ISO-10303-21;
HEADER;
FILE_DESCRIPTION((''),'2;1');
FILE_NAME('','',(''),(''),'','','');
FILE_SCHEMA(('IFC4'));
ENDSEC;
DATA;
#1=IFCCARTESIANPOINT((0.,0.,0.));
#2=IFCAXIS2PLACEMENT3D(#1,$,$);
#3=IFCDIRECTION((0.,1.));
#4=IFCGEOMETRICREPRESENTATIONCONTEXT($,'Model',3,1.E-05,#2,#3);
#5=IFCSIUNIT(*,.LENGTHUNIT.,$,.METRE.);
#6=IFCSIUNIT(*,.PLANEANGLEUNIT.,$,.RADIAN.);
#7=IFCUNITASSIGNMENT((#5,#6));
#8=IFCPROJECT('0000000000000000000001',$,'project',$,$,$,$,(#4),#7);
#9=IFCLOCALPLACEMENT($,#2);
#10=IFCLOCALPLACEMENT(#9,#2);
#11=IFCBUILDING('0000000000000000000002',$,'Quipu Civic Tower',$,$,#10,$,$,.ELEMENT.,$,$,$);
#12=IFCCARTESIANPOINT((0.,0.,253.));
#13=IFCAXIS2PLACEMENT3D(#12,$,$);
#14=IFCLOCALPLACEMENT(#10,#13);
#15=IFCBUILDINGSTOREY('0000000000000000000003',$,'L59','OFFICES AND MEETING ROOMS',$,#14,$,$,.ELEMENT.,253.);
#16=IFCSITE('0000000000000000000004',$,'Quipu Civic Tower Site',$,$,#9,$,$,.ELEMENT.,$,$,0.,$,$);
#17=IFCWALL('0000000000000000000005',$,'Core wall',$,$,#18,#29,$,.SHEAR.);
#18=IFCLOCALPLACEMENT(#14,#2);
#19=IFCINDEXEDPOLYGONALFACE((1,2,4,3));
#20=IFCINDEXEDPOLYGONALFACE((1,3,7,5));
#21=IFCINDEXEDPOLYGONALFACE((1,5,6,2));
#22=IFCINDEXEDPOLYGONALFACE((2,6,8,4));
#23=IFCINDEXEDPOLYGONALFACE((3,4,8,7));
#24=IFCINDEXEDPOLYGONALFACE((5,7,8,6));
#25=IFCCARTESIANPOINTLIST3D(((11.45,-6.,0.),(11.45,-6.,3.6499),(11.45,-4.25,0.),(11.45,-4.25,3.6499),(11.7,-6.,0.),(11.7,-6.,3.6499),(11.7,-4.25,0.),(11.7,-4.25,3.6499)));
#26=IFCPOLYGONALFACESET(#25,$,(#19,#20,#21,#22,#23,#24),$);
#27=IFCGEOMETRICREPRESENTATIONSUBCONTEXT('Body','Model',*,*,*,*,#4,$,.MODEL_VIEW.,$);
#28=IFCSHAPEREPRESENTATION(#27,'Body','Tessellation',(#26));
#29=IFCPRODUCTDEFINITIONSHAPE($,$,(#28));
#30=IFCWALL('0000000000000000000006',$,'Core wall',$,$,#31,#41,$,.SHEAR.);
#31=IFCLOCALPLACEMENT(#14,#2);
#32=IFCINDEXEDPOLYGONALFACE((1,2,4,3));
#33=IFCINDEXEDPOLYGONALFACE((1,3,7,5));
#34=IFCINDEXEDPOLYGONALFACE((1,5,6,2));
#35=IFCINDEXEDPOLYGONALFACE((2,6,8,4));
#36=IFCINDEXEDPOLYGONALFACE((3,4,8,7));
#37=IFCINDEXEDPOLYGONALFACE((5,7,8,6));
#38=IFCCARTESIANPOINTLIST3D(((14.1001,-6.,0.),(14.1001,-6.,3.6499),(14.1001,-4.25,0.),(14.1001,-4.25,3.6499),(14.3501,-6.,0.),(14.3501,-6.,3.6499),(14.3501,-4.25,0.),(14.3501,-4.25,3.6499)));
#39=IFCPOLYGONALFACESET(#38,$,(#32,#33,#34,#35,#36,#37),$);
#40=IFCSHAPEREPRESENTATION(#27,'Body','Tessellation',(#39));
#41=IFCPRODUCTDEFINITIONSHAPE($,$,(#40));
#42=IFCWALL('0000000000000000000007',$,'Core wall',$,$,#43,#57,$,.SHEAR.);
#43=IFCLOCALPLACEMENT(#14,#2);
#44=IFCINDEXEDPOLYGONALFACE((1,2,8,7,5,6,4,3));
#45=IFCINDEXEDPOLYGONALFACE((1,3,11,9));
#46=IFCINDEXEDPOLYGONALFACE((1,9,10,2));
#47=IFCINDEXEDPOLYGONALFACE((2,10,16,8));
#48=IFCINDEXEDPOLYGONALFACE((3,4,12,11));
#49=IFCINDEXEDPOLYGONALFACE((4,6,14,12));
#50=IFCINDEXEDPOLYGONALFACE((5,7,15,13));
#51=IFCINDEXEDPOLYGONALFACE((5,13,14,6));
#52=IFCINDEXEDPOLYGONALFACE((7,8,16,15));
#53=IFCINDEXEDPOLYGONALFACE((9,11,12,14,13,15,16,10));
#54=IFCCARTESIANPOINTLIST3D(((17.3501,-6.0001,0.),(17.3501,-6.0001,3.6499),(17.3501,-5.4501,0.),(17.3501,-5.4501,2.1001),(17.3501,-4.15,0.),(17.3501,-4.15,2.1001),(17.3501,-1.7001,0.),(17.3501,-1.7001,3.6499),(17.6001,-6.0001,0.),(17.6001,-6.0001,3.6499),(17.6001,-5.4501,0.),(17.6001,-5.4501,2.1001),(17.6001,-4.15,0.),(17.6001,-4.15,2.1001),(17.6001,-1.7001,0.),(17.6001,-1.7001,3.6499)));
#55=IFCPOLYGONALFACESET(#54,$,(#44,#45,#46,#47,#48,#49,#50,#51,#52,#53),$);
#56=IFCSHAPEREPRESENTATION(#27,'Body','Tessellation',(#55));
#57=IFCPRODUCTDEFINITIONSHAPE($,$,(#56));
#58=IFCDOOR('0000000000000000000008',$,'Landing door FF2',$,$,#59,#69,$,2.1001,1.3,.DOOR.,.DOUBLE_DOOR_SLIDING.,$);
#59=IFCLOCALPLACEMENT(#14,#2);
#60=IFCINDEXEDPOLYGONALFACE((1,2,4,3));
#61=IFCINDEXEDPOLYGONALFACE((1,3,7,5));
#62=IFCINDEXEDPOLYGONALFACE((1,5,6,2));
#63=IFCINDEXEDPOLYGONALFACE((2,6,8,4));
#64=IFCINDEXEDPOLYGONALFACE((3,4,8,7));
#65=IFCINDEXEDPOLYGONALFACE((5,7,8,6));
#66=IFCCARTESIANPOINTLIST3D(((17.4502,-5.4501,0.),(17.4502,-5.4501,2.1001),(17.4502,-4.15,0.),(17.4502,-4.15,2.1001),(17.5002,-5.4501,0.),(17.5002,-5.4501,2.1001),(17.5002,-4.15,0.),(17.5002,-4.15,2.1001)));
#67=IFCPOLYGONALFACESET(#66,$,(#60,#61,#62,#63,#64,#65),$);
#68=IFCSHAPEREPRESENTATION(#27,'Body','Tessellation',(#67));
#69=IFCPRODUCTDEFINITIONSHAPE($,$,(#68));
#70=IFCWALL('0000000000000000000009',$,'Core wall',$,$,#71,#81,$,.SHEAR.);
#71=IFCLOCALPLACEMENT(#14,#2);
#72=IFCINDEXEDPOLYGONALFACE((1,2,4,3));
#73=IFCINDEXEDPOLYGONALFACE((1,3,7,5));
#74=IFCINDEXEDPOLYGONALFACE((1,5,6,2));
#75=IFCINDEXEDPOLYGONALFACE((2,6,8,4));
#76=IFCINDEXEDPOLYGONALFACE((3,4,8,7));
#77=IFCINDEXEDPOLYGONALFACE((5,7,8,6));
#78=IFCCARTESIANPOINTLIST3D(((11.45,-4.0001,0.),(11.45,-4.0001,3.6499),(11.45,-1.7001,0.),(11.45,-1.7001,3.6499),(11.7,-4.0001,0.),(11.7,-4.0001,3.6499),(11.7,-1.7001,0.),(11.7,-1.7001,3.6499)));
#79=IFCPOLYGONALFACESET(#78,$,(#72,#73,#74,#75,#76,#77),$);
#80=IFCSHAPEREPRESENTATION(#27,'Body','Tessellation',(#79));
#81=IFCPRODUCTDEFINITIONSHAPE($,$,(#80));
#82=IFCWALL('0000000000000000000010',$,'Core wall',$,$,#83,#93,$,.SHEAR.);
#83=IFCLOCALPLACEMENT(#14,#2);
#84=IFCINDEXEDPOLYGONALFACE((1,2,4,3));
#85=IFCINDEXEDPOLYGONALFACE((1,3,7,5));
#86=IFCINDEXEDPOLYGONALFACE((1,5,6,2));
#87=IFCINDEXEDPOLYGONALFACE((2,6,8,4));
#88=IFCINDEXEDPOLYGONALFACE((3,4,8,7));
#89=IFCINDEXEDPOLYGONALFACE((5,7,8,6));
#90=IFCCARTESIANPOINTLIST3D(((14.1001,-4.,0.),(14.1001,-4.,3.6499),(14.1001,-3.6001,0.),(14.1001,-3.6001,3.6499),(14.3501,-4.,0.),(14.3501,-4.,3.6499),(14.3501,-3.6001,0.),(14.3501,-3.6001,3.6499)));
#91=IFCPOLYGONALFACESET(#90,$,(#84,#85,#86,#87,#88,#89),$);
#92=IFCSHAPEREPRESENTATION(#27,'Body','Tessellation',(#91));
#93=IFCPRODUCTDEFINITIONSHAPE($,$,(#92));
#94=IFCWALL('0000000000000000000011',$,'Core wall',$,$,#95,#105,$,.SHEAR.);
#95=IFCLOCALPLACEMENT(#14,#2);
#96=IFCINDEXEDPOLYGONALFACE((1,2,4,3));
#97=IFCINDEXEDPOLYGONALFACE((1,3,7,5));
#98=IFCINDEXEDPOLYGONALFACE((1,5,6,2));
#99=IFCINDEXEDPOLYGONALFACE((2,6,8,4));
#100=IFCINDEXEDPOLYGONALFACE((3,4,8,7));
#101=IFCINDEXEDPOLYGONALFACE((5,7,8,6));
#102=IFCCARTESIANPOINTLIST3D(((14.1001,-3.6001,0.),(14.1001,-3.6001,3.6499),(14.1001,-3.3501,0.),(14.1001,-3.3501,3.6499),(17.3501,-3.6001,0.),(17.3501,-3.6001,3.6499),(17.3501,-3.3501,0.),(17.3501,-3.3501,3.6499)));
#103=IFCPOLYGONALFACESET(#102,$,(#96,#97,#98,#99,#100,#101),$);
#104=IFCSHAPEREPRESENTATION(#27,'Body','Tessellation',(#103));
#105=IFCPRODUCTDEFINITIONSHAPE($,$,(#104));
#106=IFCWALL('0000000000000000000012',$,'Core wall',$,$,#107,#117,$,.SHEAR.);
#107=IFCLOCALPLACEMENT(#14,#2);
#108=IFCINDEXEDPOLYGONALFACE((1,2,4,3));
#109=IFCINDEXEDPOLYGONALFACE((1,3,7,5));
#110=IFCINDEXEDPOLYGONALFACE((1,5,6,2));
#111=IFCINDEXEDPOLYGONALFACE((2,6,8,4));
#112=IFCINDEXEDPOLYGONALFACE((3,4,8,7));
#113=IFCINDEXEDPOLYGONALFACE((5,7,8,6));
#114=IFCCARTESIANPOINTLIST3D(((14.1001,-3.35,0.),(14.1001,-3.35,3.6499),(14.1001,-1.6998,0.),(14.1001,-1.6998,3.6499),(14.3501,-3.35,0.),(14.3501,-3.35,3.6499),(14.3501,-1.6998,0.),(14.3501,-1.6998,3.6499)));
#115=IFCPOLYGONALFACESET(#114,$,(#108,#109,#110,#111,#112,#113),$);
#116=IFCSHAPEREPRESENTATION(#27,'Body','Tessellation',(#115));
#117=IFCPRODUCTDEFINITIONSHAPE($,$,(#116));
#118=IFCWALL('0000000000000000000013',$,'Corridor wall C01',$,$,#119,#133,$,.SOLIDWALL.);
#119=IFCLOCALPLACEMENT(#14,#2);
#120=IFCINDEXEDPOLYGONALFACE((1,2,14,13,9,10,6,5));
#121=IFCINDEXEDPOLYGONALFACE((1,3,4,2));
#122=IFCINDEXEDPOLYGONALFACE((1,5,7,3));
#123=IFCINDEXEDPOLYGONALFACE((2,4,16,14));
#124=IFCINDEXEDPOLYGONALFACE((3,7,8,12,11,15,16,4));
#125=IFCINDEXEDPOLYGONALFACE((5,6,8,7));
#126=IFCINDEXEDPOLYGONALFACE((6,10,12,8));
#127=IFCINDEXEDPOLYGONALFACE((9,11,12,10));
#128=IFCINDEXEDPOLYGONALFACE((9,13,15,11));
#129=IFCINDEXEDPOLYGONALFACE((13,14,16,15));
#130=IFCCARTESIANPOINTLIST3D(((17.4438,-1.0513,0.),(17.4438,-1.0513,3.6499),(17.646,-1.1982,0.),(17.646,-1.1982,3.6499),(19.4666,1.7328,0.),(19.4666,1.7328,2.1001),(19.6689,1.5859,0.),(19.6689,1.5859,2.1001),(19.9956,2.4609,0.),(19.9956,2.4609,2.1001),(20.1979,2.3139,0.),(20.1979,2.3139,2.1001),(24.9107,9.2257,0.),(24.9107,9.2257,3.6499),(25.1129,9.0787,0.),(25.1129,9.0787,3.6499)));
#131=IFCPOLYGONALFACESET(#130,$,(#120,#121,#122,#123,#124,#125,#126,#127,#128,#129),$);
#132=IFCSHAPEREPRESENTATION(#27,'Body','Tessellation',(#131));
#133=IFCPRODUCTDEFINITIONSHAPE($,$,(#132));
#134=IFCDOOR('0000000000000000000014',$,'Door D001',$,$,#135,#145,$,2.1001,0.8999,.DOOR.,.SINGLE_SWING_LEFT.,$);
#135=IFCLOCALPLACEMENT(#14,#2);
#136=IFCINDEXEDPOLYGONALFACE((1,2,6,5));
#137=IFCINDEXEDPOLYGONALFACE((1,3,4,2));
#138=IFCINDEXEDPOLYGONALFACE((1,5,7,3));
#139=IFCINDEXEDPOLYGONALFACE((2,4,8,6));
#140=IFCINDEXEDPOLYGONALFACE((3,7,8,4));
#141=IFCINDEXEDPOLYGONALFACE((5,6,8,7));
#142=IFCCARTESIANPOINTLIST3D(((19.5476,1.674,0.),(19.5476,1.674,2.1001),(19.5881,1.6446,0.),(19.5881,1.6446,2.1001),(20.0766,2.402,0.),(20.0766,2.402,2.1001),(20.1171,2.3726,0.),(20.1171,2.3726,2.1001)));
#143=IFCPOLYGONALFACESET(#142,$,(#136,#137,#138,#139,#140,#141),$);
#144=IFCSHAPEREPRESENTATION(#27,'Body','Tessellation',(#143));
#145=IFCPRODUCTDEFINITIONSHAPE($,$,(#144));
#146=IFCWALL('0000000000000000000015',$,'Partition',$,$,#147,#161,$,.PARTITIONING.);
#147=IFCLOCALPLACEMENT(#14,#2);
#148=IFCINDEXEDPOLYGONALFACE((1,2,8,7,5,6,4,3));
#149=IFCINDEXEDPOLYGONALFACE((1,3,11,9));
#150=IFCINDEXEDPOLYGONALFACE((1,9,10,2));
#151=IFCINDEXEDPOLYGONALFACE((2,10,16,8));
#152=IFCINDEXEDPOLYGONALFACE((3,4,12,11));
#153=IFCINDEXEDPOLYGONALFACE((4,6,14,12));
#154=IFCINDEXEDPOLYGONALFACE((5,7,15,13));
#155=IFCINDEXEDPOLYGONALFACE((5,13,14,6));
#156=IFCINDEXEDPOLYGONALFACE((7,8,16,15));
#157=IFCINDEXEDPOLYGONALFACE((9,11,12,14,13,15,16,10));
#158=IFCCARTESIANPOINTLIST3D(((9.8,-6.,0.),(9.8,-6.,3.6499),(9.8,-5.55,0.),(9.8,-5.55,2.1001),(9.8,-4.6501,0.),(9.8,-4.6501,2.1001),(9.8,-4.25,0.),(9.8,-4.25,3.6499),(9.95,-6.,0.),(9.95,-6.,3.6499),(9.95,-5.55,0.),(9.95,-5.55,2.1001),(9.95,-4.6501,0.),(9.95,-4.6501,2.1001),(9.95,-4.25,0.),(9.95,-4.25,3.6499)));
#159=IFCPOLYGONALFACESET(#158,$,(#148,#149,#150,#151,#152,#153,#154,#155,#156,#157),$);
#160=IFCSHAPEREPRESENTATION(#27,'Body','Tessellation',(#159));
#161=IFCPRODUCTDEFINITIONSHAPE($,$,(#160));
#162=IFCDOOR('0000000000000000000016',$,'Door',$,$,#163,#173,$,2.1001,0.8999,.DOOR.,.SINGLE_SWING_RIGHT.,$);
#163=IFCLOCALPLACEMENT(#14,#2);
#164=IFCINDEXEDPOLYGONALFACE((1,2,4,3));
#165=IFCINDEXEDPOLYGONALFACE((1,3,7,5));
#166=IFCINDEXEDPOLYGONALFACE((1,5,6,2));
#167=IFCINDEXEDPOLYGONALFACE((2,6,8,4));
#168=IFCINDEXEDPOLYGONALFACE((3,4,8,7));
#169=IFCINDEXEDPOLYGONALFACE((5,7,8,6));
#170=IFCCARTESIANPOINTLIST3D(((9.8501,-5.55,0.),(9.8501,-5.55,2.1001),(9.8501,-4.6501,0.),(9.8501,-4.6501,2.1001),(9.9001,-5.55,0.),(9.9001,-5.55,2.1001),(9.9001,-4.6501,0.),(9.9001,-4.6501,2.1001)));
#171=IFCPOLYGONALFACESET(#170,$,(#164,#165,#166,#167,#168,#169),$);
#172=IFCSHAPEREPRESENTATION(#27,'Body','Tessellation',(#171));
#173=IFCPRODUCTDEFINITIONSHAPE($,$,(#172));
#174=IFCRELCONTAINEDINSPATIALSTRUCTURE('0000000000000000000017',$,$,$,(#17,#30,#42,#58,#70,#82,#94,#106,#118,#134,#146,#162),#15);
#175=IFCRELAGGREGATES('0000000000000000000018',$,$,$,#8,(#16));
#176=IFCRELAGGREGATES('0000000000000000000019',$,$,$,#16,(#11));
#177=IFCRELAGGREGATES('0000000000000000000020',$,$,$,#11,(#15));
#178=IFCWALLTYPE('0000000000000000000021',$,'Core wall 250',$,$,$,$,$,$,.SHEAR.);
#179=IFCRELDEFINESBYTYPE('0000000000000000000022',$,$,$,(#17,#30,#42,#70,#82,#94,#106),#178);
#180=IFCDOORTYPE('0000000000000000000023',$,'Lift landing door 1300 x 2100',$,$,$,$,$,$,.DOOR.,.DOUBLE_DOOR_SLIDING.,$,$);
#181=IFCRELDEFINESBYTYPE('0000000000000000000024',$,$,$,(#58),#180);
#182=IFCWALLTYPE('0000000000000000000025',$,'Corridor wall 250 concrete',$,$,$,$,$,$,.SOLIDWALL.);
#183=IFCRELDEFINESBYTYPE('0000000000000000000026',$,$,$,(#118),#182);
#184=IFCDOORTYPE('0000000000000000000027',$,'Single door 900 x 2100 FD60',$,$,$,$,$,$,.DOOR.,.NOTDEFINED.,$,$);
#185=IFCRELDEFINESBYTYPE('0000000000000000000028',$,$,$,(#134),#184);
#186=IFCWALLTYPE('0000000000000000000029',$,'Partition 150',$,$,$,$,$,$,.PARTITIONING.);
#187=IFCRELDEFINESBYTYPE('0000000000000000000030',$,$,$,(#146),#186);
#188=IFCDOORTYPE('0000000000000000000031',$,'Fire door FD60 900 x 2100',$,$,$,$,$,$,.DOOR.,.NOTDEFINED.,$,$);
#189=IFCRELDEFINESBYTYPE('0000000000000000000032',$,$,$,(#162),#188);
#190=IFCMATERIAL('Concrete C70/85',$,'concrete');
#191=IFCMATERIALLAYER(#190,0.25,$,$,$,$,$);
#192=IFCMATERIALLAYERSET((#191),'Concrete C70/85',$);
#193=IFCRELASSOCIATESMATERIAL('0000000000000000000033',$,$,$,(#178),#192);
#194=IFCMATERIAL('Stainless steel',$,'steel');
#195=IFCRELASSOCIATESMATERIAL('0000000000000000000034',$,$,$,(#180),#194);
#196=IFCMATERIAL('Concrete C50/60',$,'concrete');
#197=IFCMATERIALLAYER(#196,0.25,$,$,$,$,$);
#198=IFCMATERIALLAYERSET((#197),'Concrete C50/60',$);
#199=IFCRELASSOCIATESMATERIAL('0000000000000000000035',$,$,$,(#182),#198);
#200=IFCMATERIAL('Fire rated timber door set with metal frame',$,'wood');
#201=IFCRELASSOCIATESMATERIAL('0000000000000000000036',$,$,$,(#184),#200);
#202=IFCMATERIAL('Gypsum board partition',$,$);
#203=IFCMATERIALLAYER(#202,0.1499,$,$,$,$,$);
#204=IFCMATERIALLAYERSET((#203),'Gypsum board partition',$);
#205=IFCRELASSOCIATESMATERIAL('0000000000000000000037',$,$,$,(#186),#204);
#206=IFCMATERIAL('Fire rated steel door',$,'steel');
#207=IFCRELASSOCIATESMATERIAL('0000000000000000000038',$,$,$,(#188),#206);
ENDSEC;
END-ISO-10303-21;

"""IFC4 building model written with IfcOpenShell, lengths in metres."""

from ifc_helpers import new_model, si_unit, direction, frame, frame_2d, origin, place, context, subcontext, project, spatial, rectangle, extrude, material, layer, layer_set, type_object, element, fill, save


model = new_model("IFC4")

# Units and contexts
model_context = context("Model", 3, precision=1e-05, world=origin(), true_north=direction((0.0, 1.0)))
body_context = subcontext(model_context, "Body", "Model", "MODEL_VIEW")
ifc_project = project(units=[si_unit("LENGTHUNIT", "METRE"), si_unit("PLANEANGLEUNIT", "RADIAN")], contexts=[model_context])

# Site, building, storey
site_placement = place(None, origin())
site = spatial("IfcSite", under=ifc_project, at=site_placement, Name="Quipu Civic Tower Site", CompositionType="ELEMENT", RefElevation=0.0)
building_placement = place(site_placement, origin())
building = spatial("IfcBuilding", under=site, at=building_placement, Name="Quipu Civic Tower", CompositionType="ELEMENT")
storey_placement = place(building_placement, frame((0.0, 0.0, 253.0)))
storey = spatial("IfcBuildingStorey", under=building, at=storey_placement, Name="L59", Description="OFFICES AND MEETING ROOMS", CompositionType="ELEMENT", Elevation=253.0)

# Walls
ifc_material_1 = material(Name="Concrete C70/85", Category="concrete")
ifc_layer_1 = layer(ifc_material_1, 0.25)
ifc_layer_set_1 = layer_set([ifc_layer_1], Name="Concrete C70/85")
wall_type_1 = type_object("IfcWallType", Name="Core wall 250", PredefinedType="SHEAR", material=ifc_layer_set_1)
for number, where, z_axis, x_axis, name in (
    (1, (11.575, -6.0, 0.0), (0.0, 0.0, 1.0), (0.0, 1.0, 0.0), "Core wall"),
    (2, (14.2251, -6.0, 0.0), (0.0, 0.0, 1.0), (0.0, 1.0, 0.0), "Core wall"),
):
    element("IfcWall", number, at=place(storey_placement, frame(where, z_axis=z_axis, x_axis=x_axis)), inside=storey, type_object=wall_type_1, Name=name, PredefinedType="SHEAR", context=body_context, shape_type="SweptSolid", body=[
        extrude(rectangle(XDim=1.75, YDim=0.25, at=frame_2d((0.875, 0.0))), origin(), (0.0, 0.0, 1.0), 3.6499),
    ])

# Wall, opening, door
wall_1_placement = place(storey_placement, frame((17.4751, -6.0, 0.0), z_axis=(0.0, 0.0, 1.0), x_axis=(0.0, 1.0, 0.0)))
wall_1 = element("IfcWall", 3, at=wall_1_placement, inside=storey, type_object=wall_type_1, Name="Core wall", PredefinedType="SHEAR", context=body_context, shape_type="SweptSolid", body=[
    extrude(rectangle(XDim=4.3, YDim=0.25, at=frame_2d((2.1499, 0.0))), origin(), (0.0, 0.0, 1.0), 3.6499),
])
opening_1_placement = place(wall_1_placement, frame((0.55, 0.0, 0.0)))
opening_1 = element("IfcOpeningElement", 4, at=opening_1_placement, cuts=wall_1, PredefinedType="OPENING", context=body_context, shape_type="SweptSolid", body=[
    extrude(rectangle(XDim=1.3, YDim=2.1001, at=frame_2d((0.6499, 1.05))), frame((0.0, 0.135, 0.0), z_axis=(0.0, -1.0, 0.0), x_axis=(1.0, 0.0, 0.0)), (0.0, 0.0, 1.0), 0.27),
])
ifc_material_2 = material(Name="Stainless steel", Category="steel")
door_type_1 = type_object("IfcDoorType", Name="Lift landing door 1300 x 2100", OperationType="DOUBLE_DOOR_SLIDING", PredefinedType="DOOR", material=ifc_material_2)
door_1_placement = place(opening_1_placement, origin())
door_1 = element("IfcDoor", 5, at=door_1_placement, inside=storey, type_object=door_type_1, Name="Landing door FF2", OperationType="DOUBLE_DOOR_SLIDING", OverallHeight=2.1001, OverallWidth=1.3, PredefinedType="DOOR", context=body_context, shape_type="SweptSolid", body=[
    extrude(rectangle(XDim=1.3, YDim=2.1001, at=frame_2d((0.6499, 1.05))), frame((0.0, 0.0249, 0.0), z_axis=(0.0, -1.0, 0.0), x_axis=(1.0, 0.0, 0.0)), (0.0, 0.0, 1.0), 0.05),
])
fill(opening_1, door_1)

# Walls
wall_2_placement = place(storey_placement, frame((11.575, -4.0, 0.0), z_axis=(0.0, 0.0, 1.0), x_axis=(0.0, 1.0, 0.0)))
element("IfcWall", 6, at=wall_2_placement, inside=storey, type_object=wall_type_1, Name="Core wall", PredefinedType="SHEAR", context=body_context, shape_type="SweptSolid", body=[
    extrude(rectangle(XDim=2.3, YDim=0.25, at=frame_2d((1.1499, 0.0))), origin(), (0.0, 0.0, 1.0), 3.6499),
])
wall_3_placement = place(storey_placement, frame((14.2251, -4.0, 0.0), z_axis=(0.0, 0.0, 1.0), x_axis=(0.0, 1.0, 0.0)))
element("IfcWall", 7, at=wall_3_placement, inside=storey, type_object=wall_type_1, Name="Core wall", PredefinedType="SHEAR", context=body_context, shape_type="SweptSolid", body=[
    extrude(rectangle(XDim=0.3999, YDim=0.25, at=frame_2d((0.2, 0.0))), origin(), (0.0, 0.0, 1.0), 3.6499),
])
wall_4_placement = place(storey_placement, frame((14.1001, -3.4751, 0.0), z_axis=(0.0, 0.0, 1.0), x_axis=(1.0, 0.0, 0.0)))
element("IfcWall", 8, at=wall_4_placement, inside=storey, type_object=wall_type_1, Name="Core wall", PredefinedType="SHEAR", context=body_context, shape_type="SweptSolid", body=[
    extrude(rectangle(XDim=3.25, YDim=0.25, at=frame_2d((1.625, 0.0))), origin(), (0.0, 0.0, 1.0), 3.6499),
])
wall_5_placement = place(storey_placement, frame((14.2251, -3.3501, 0.0), z_axis=(0.0, 0.0, 1.0), x_axis=(0.0, 1.0, 0.0)))
element("IfcWall", 9, at=wall_5_placement, inside=storey, type_object=wall_type_1, Name="Core wall", PredefinedType="SHEAR", context=body_context, shape_type="SweptSolid", body=[
    extrude(rectangle(XDim=1.6501, YDim=0.25, at=frame_2d((0.8252, 0.0))), origin(), (0.0, 0.0, 1.0), 3.6499),
])

# Walls, openings, doors
ifc_material_3 = material(Name="Concrete C50/60", Category="concrete")
ifc_layer_2 = layer(ifc_material_3, 0.25)
ifc_layer_set_2 = layer_set([ifc_layer_2], Name="Concrete C50/60")
wall_type_2 = type_object("IfcWallType", Name="Corridor wall 250 concrete", PredefinedType="SOLIDWALL", material=ifc_layer_set_2)
wall_6_placement = place(storey_placement, frame((17.5449, -1.1248, 0.0), z_axis=(0.0, 0.0, 1.0), x_axis=(0.587797, 0.809009, 0.0)))
wall_6 = element("IfcWall", 10, at=wall_6_placement, inside=storey, type_object=wall_type_2, Name="Corridor wall C01", PredefinedType="SOLIDWALL", context=body_context, shape_type="SweptSolid", body=[
    extrude(rectangle(XDim=12.7031, YDim=0.25, at=frame_2d((6.3516, 0.0))), origin(), (0.0, 0.0, 1.0), 3.6499),
])
opening_2_placement = place(wall_6_placement, frame((3.4414, 0.0, 0.0)))
opening_2 = element("IfcOpeningElement", 11, at=opening_2_placement, cuts=wall_6, PredefinedType="OPENING", context=body_context, shape_type="SweptSolid", body=[
    extrude(rectangle(XDim=0.8999, YDim=2.1001, at=frame_2d((0.45, 1.05))), frame((0.0, 0.135, 0.0), z_axis=(0.0, -1.0, 0.0), x_axis=(1.0, 0.0, 0.0)), (0.0, 0.0, 1.0), 0.27),
])
ifc_material_4 = material(Name="Fire rated timber door set with metal frame", Category="wood")
door_type_2 = type_object("IfcDoorType", Name="Single door 900 x 2100 FD60", OperationType="NOTDEFINED", PredefinedType="DOOR", material=ifc_material_4)
door_2_placement = place(opening_2_placement, origin())
door_2 = element("IfcDoor", 12, at=door_2_placement, inside=storey, type_object=door_type_2, Name="Door D001", OperationType="SINGLE_SWING_LEFT", OverallHeight=2.1001, OverallWidth=0.8999, PredefinedType="DOOR", context=body_context, shape_type="SweptSolid", body=[
    extrude(rectangle(XDim=0.8999, YDim=2.1001, at=frame_2d((0.45, 1.05))), frame((0.0, 0.0249, 0.0), z_axis=(0.0, -1.0, 0.0), x_axis=(1.0, 0.0, 0.0)), (0.0, 0.0, 1.0), 0.05),
])
fill(opening_2, door_2)
ifc_material_5 = material(Name="Gypsum board partition")
ifc_layer_3 = layer(ifc_material_5, 0.1499)
ifc_layer_set_3 = layer_set([ifc_layer_3], Name="Gypsum board partition")
wall_type_3 = type_object("IfcWallType", Name="Partition 150", PredefinedType="PARTITIONING", material=ifc_layer_set_3)
wall_7_placement = place(storey_placement, frame((9.875, -6.0, 0.0), z_axis=(0.0, 0.0, 1.0), x_axis=(0.0, 1.0, 0.0)))
wall_7 = element("IfcWall", 13, at=wall_7_placement, inside=storey, type_object=wall_type_3, Name="Partition", PredefinedType="PARTITIONING", context=body_context, shape_type="SweptSolid", body=[
    extrude(rectangle(XDim=1.75, YDim=0.1499, at=frame_2d((0.875, 0.0))), origin(), (0.0, 0.0, 1.0), 3.6499),
])
opening_3_placement = place(wall_7_placement, frame((0.45, 0.0, 0.0)))
opening_3 = element("IfcOpeningElement", 14, at=opening_3_placement, cuts=wall_7, PredefinedType="OPENING", context=body_context, shape_type="SweptSolid", body=[
    extrude(rectangle(XDim=0.8999, YDim=2.1001, at=frame_2d((0.45, 1.05))), frame((0.0, 0.085, 0.0), z_axis=(0.0, -1.0, 0.0), x_axis=(1.0, 0.0, 0.0)), (0.0, 0.0, 1.0), 0.1699),
])
ifc_material_6 = material(Name="Fire rated steel door", Category="steel")
door_type_3 = type_object("IfcDoorType", Name="Fire door FD60 900 x 2100", OperationType="NOTDEFINED", PredefinedType="DOOR", material=ifc_material_6)
door_3_placement = place(opening_3_placement, origin())
door_3 = element("IfcDoor", 15, at=door_3_placement, inside=storey, type_object=door_type_3, Name="Door", OperationType="SINGLE_SWING_RIGHT", OverallHeight=2.1001, OverallWidth=0.8999, PredefinedType="DOOR", context=body_context, shape_type="SweptSolid", body=[
    extrude(rectangle(XDim=0.8999, YDim=2.1001, at=frame_2d((0.45, 1.05))), frame((0.0, 0.0249, 0.0), z_axis=(0.0, -1.0, 0.0), x_axis=(1.0, 0.0, 0.0)), (0.0, 0.0, 1.0), 0.05),
])
fill(opening_3, door_3)

save(model, "model.ifc")
